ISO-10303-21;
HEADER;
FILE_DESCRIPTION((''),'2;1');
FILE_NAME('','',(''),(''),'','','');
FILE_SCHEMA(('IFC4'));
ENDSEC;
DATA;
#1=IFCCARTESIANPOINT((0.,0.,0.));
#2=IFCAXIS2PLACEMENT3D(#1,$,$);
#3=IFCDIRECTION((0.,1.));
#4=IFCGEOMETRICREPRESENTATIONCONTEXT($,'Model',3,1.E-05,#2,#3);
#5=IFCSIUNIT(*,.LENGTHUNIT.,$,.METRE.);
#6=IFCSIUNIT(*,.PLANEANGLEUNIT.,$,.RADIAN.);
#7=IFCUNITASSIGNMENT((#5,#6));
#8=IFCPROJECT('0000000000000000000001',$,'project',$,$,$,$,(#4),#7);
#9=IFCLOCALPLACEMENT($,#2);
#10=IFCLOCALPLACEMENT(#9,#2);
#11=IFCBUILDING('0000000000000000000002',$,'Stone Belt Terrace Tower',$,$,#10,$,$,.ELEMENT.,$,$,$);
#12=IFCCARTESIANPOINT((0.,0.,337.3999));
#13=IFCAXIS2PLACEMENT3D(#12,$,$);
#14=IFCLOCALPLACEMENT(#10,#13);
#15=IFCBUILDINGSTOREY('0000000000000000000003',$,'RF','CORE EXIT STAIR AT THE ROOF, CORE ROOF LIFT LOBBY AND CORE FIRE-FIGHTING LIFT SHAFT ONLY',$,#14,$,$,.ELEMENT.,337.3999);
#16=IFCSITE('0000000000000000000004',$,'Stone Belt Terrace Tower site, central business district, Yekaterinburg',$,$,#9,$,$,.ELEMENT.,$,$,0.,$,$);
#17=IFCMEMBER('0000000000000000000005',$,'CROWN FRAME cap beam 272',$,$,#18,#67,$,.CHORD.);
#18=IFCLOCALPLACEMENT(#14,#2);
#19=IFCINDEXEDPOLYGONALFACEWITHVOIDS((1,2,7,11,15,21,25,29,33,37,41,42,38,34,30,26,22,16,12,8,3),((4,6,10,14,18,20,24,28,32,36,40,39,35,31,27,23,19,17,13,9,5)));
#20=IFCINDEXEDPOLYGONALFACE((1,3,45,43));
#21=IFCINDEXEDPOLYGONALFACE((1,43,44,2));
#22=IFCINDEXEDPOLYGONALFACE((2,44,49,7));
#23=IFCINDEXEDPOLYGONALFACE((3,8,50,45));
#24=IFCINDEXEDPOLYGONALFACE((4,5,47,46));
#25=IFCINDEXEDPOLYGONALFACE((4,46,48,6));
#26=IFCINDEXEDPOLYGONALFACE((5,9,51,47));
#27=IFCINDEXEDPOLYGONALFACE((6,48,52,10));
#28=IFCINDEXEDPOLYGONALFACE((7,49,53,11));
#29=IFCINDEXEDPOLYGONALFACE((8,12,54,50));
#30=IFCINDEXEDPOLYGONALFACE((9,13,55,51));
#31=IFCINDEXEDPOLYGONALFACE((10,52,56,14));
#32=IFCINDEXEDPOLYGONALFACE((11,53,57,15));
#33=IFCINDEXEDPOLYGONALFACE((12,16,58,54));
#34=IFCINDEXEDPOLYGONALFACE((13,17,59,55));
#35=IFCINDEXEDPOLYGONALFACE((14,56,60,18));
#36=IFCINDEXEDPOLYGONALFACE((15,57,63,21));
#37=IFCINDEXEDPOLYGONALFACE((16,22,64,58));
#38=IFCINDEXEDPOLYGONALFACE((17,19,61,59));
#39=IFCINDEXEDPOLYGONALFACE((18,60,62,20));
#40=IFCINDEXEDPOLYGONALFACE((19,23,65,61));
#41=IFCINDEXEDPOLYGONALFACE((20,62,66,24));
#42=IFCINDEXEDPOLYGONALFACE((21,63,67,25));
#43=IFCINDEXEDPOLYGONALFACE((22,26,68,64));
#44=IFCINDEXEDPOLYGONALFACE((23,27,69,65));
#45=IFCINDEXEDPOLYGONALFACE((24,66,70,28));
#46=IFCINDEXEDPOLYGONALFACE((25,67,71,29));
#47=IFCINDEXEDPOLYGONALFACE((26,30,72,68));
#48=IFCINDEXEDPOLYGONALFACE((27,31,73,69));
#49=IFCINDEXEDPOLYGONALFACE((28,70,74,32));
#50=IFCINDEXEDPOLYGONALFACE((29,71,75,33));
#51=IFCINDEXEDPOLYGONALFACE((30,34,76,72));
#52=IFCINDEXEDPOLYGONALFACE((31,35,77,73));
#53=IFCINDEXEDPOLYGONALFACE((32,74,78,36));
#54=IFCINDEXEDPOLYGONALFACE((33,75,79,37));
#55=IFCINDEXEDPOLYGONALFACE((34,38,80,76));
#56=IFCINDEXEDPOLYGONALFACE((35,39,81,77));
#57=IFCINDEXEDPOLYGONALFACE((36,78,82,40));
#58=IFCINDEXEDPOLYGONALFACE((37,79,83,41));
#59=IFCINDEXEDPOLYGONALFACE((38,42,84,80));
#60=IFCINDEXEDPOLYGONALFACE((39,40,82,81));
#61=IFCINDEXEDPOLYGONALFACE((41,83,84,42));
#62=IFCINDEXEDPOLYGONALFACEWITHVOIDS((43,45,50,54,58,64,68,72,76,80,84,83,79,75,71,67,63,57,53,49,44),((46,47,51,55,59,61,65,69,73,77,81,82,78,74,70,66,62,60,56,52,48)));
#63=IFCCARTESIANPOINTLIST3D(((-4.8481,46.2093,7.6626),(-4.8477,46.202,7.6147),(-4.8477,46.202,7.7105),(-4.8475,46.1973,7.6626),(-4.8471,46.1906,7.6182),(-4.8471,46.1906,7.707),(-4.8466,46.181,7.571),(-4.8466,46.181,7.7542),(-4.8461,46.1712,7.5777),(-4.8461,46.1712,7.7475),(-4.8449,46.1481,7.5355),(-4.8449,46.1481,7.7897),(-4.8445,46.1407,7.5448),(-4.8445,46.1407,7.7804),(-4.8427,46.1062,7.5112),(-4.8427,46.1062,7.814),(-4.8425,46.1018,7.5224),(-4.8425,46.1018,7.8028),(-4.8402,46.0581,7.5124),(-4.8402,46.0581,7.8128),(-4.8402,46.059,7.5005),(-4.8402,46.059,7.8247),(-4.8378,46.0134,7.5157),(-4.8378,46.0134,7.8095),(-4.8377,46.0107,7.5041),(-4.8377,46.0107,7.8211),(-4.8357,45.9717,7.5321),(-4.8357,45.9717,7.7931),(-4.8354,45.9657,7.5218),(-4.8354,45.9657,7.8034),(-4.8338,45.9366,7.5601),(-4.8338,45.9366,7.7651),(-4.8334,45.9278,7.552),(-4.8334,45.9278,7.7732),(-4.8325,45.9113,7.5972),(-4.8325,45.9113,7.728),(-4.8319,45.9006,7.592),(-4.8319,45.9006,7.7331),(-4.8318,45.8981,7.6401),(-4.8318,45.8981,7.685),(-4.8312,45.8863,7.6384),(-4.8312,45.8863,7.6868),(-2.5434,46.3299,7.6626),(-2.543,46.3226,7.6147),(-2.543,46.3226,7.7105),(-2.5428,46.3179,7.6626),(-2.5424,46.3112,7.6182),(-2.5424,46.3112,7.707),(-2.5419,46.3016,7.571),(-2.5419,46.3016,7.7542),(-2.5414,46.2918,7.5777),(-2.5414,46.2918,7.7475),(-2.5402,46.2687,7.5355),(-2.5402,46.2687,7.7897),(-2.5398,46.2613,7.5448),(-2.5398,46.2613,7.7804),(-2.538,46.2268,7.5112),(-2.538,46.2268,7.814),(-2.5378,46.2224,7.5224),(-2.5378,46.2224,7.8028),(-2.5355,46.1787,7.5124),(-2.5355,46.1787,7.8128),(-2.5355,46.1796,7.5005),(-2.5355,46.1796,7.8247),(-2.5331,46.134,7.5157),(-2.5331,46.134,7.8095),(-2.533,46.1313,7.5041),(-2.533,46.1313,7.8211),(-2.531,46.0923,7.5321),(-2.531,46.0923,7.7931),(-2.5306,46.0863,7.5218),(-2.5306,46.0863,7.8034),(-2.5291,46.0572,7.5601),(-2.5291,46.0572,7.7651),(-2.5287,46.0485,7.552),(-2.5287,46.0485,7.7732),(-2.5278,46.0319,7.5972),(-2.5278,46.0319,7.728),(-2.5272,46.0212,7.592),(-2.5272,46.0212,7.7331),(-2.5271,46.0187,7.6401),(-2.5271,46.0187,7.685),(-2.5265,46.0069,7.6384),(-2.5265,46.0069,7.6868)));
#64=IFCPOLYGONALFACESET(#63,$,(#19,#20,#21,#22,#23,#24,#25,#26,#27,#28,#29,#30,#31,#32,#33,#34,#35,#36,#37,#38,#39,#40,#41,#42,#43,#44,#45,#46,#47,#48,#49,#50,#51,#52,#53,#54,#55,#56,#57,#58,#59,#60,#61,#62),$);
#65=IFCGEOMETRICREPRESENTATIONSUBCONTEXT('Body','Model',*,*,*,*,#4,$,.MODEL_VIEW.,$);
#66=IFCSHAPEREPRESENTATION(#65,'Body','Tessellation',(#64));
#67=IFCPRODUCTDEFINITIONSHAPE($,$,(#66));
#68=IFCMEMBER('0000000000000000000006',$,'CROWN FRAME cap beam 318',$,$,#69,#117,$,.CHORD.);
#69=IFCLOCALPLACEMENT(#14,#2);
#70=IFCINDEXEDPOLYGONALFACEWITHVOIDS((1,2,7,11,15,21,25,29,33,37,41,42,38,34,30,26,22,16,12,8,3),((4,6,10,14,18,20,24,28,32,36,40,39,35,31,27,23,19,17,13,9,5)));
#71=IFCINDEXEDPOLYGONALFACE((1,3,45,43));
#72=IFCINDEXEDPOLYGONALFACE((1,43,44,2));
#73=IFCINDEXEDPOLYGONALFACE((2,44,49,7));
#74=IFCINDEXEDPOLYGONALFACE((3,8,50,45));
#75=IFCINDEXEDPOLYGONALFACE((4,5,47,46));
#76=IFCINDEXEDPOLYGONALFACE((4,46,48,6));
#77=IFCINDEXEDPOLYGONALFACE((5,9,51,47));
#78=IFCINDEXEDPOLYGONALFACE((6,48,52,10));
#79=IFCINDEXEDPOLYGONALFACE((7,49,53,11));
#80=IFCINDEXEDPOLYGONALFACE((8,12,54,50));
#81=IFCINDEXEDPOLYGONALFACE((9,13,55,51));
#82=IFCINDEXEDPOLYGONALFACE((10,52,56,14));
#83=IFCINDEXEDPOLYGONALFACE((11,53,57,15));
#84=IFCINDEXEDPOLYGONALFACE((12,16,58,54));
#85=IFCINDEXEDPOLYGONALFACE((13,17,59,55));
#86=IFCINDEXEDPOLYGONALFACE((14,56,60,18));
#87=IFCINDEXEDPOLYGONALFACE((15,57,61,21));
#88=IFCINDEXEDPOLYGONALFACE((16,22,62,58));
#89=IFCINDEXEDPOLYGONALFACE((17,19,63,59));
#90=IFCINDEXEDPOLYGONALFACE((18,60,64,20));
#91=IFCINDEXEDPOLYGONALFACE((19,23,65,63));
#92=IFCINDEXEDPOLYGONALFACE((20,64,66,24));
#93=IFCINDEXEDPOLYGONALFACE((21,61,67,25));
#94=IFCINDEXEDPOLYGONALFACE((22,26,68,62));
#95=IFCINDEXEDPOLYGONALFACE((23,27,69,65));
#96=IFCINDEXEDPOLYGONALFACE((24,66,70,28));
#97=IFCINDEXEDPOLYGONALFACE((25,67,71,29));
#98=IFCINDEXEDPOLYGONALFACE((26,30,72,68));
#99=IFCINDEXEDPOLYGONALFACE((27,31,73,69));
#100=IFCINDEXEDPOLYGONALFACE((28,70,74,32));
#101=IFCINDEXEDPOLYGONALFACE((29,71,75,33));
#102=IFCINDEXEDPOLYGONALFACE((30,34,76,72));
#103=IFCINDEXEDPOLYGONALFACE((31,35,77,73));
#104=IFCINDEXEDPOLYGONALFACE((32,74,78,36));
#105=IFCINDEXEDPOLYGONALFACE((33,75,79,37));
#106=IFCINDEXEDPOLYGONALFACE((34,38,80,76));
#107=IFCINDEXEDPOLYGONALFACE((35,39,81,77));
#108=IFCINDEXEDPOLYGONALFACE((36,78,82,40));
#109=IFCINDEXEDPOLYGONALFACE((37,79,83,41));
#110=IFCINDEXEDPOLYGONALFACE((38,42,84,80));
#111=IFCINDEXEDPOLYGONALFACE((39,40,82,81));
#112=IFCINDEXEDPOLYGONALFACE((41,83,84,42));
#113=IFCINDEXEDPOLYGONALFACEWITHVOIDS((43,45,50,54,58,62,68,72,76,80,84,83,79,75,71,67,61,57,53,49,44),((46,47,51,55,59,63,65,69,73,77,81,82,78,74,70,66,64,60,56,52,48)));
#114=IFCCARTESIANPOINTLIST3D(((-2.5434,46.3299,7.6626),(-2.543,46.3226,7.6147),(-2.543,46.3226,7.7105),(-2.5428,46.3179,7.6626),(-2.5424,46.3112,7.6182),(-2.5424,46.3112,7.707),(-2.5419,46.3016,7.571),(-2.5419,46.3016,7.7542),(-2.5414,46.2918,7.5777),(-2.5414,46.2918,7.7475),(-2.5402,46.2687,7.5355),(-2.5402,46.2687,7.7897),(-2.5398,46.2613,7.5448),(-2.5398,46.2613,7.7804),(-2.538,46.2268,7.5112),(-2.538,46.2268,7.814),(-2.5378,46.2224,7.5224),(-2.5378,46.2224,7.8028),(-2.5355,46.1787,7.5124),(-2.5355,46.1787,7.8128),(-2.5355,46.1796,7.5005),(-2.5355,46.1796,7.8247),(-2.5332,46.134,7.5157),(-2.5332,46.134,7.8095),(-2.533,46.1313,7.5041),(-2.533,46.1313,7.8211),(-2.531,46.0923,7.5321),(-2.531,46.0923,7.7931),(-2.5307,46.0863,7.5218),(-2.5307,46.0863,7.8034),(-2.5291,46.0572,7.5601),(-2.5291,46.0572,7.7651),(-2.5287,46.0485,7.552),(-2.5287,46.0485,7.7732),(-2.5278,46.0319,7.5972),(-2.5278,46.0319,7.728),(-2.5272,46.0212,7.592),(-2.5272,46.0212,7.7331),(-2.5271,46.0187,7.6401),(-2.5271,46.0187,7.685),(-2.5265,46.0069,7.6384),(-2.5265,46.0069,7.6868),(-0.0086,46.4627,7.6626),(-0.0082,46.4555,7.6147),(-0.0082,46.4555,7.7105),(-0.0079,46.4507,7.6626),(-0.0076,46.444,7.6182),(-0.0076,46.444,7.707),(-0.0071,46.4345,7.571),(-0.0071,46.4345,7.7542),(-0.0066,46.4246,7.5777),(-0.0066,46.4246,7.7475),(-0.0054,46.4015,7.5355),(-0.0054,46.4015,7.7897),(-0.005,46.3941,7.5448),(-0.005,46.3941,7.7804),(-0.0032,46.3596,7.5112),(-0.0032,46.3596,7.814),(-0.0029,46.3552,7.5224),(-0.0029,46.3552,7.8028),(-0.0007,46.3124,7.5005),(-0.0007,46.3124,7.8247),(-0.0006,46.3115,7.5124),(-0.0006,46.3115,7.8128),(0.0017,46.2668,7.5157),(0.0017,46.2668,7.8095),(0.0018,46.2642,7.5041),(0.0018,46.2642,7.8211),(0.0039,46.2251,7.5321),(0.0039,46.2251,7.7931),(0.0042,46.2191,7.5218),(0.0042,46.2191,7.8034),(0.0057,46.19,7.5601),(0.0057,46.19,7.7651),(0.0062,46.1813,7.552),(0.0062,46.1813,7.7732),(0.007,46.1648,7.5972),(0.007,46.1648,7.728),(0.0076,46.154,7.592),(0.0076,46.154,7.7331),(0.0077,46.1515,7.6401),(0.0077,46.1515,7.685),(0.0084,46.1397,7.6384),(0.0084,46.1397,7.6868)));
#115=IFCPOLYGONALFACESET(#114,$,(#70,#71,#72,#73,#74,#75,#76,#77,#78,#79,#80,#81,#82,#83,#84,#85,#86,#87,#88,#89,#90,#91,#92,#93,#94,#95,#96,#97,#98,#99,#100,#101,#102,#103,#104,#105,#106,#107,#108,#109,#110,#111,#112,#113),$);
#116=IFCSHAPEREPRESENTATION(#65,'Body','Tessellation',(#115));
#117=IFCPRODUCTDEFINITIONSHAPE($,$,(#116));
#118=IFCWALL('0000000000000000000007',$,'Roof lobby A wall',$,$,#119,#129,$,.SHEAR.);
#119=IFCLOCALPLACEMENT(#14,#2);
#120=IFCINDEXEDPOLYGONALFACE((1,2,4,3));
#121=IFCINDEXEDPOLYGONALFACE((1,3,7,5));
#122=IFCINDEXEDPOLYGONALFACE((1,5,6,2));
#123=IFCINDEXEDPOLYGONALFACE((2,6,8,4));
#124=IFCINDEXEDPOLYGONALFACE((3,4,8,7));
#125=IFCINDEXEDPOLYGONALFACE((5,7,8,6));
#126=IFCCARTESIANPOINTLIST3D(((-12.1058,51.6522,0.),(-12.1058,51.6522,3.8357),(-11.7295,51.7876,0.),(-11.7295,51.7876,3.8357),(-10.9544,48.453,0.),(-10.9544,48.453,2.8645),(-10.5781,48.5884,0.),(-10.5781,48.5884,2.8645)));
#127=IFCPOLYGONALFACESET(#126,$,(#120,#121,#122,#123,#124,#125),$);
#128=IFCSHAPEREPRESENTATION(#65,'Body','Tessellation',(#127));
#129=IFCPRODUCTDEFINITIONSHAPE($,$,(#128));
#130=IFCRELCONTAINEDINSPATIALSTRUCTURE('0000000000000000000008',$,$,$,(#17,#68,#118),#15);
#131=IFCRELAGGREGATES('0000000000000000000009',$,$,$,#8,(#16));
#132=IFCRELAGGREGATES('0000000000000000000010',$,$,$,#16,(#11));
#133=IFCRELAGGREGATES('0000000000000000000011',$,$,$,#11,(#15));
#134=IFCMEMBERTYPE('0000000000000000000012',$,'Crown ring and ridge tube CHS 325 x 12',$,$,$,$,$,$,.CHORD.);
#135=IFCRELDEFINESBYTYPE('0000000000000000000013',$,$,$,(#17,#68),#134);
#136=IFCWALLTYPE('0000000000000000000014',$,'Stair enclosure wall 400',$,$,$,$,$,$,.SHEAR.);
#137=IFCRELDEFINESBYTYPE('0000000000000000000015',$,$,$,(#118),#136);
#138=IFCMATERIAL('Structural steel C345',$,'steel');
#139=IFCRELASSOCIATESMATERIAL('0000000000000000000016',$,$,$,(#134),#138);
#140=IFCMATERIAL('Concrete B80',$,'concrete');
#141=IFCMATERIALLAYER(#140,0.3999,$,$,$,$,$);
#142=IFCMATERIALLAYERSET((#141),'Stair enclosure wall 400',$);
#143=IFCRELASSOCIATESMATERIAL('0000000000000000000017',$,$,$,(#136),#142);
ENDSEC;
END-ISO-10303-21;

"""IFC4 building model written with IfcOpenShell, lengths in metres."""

from ifc_helpers import new_model, si_unit, direction, frame, origin, origin_2d, place, context, subcontext, project, spatial, polyline, hollow_circle, outline, extrude, material, layer, layer_set, material_profile, profile_set, type_object, element, save


model = new_model("IFC4")

# Units and contexts
model_context = context("Model", 3, precision=1e-05, world=origin(), true_north=direction((0.0, 1.0)))
body_context = subcontext(model_context, "Body", "Model", "MODEL_VIEW")
ifc_project = project(units=[si_unit("LENGTHUNIT", "METRE"), si_unit("PLANEANGLEUNIT", "RADIAN")], contexts=[model_context])

# Site, building, storey
site_placement = place(None, origin())
site = spatial("IfcSite", under=ifc_project, at=site_placement, Name="Stone Belt Terrace Tower site, central business district, Yekaterinburg", CompositionType="ELEMENT", RefElevation=0.0)
building_placement = place(site_placement, origin())
building = spatial("IfcBuilding", under=site, at=building_placement, Name="Stone Belt Terrace Tower", CompositionType="ELEMENT")
storey_placement = place(building_placement, frame((0.0, 0.0, 337.3999)))
storey = spatial("IfcBuildingStorey", under=building, at=storey_placement, Name="RF", Description="CORE EXIT STAIR AT THE ROOF, CORE ROOF LIFT LOBBY AND CORE FIRE-FIGHTING LIFT SHAFT ONLY", CompositionType="ELEMENT", Elevation=337.3999)

# Members
ifc_material_1 = material(Name="Structural steel C345", Category="steel")
ifc_material_profile_1 = material_profile(ifc_material_1, hollow_circle(Radius=0.1626, WallThickness=0.012, at=origin_2d()), Name="Structural steel C345 CHS 325x12")
ifc_profile_set_1 = profile_set([ifc_material_profile_1], Name="Structural steel C345")
member_type_1 = type_object("IfcMemberType", Name="Crown ring and ridge tube CHS 325 x 12", PredefinedType="CHORD", material=ifc_profile_set_1)
member_1_placement = place(storey_placement, frame((-4.8396, 46.0469, 7.6626), z_axis=(0.998634, 0.052259, 0.0), x_axis=(-0.052259, 0.998634, 0.0)))
element("IfcMember", 1, at=member_1_placement, inside=storey, type_object=member_type_1, Name="CROWN FRAME cap beam 272", PredefinedType="CHORD", context=body_context, shape_type="SweptSolid", body=[
    extrude(hollow_circle(Radius=0.1626, WallThickness=0.012, at=origin_2d()), origin(), (0.0, 0.0, 1.0), 2.3079),
])
member_2_placement = place(storey_placement, frame((-2.5349, 46.1675, 7.6626), z_axis=(0.99863, 0.052322, 0.0), x_axis=(-0.052322, 0.99863, 0.0)))
element("IfcMember", 2, at=member_2_placement, inside=storey, type_object=member_type_1, Name="CROWN FRAME cap beam 318", PredefinedType="CHORD", context=body_context, shape_type="SweptSolid", body=[
    extrude(hollow_circle(Radius=0.1626, WallThickness=0.012, at=origin_2d()), origin(), (0.0, 0.0, 1.0), 2.5383),
])

# Wall
ifc_material_2 = material(Name="Concrete B80", Category="concrete")
ifc_layer = layer(ifc_material_2, 0.3999)
ifc_layer_set = layer_set([ifc_layer], Name="Stair enclosure wall 400")
wall_type = type_object("IfcWallType", Name="Stair enclosure wall 400", PredefinedType="SHEAR", material=ifc_layer_set)
wall_placement = place(storey_placement, frame((-10.5781, 48.5884, 0.0), z_axis=(0.94092, 0.338628, 0.0), x_axis=(-0.338628, 0.94092, 0.0)))
element("IfcWall", 3, at=wall_placement, inside=storey, type_object=wall_type, Name="Roof lobby A wall", PredefinedType="SHEAR", context=body_context, shape_type="SweptSolid", body=[
    extrude(outline(polyline([(0.0, 0.0), (3.4001, 0.0), (3.4001, 3.8357), (0.0, 2.8645), (0.0, 0.0)])), origin(), (0.0, 0.0, -1.0), 0.3999),
])

save(model, "model.ifc")
